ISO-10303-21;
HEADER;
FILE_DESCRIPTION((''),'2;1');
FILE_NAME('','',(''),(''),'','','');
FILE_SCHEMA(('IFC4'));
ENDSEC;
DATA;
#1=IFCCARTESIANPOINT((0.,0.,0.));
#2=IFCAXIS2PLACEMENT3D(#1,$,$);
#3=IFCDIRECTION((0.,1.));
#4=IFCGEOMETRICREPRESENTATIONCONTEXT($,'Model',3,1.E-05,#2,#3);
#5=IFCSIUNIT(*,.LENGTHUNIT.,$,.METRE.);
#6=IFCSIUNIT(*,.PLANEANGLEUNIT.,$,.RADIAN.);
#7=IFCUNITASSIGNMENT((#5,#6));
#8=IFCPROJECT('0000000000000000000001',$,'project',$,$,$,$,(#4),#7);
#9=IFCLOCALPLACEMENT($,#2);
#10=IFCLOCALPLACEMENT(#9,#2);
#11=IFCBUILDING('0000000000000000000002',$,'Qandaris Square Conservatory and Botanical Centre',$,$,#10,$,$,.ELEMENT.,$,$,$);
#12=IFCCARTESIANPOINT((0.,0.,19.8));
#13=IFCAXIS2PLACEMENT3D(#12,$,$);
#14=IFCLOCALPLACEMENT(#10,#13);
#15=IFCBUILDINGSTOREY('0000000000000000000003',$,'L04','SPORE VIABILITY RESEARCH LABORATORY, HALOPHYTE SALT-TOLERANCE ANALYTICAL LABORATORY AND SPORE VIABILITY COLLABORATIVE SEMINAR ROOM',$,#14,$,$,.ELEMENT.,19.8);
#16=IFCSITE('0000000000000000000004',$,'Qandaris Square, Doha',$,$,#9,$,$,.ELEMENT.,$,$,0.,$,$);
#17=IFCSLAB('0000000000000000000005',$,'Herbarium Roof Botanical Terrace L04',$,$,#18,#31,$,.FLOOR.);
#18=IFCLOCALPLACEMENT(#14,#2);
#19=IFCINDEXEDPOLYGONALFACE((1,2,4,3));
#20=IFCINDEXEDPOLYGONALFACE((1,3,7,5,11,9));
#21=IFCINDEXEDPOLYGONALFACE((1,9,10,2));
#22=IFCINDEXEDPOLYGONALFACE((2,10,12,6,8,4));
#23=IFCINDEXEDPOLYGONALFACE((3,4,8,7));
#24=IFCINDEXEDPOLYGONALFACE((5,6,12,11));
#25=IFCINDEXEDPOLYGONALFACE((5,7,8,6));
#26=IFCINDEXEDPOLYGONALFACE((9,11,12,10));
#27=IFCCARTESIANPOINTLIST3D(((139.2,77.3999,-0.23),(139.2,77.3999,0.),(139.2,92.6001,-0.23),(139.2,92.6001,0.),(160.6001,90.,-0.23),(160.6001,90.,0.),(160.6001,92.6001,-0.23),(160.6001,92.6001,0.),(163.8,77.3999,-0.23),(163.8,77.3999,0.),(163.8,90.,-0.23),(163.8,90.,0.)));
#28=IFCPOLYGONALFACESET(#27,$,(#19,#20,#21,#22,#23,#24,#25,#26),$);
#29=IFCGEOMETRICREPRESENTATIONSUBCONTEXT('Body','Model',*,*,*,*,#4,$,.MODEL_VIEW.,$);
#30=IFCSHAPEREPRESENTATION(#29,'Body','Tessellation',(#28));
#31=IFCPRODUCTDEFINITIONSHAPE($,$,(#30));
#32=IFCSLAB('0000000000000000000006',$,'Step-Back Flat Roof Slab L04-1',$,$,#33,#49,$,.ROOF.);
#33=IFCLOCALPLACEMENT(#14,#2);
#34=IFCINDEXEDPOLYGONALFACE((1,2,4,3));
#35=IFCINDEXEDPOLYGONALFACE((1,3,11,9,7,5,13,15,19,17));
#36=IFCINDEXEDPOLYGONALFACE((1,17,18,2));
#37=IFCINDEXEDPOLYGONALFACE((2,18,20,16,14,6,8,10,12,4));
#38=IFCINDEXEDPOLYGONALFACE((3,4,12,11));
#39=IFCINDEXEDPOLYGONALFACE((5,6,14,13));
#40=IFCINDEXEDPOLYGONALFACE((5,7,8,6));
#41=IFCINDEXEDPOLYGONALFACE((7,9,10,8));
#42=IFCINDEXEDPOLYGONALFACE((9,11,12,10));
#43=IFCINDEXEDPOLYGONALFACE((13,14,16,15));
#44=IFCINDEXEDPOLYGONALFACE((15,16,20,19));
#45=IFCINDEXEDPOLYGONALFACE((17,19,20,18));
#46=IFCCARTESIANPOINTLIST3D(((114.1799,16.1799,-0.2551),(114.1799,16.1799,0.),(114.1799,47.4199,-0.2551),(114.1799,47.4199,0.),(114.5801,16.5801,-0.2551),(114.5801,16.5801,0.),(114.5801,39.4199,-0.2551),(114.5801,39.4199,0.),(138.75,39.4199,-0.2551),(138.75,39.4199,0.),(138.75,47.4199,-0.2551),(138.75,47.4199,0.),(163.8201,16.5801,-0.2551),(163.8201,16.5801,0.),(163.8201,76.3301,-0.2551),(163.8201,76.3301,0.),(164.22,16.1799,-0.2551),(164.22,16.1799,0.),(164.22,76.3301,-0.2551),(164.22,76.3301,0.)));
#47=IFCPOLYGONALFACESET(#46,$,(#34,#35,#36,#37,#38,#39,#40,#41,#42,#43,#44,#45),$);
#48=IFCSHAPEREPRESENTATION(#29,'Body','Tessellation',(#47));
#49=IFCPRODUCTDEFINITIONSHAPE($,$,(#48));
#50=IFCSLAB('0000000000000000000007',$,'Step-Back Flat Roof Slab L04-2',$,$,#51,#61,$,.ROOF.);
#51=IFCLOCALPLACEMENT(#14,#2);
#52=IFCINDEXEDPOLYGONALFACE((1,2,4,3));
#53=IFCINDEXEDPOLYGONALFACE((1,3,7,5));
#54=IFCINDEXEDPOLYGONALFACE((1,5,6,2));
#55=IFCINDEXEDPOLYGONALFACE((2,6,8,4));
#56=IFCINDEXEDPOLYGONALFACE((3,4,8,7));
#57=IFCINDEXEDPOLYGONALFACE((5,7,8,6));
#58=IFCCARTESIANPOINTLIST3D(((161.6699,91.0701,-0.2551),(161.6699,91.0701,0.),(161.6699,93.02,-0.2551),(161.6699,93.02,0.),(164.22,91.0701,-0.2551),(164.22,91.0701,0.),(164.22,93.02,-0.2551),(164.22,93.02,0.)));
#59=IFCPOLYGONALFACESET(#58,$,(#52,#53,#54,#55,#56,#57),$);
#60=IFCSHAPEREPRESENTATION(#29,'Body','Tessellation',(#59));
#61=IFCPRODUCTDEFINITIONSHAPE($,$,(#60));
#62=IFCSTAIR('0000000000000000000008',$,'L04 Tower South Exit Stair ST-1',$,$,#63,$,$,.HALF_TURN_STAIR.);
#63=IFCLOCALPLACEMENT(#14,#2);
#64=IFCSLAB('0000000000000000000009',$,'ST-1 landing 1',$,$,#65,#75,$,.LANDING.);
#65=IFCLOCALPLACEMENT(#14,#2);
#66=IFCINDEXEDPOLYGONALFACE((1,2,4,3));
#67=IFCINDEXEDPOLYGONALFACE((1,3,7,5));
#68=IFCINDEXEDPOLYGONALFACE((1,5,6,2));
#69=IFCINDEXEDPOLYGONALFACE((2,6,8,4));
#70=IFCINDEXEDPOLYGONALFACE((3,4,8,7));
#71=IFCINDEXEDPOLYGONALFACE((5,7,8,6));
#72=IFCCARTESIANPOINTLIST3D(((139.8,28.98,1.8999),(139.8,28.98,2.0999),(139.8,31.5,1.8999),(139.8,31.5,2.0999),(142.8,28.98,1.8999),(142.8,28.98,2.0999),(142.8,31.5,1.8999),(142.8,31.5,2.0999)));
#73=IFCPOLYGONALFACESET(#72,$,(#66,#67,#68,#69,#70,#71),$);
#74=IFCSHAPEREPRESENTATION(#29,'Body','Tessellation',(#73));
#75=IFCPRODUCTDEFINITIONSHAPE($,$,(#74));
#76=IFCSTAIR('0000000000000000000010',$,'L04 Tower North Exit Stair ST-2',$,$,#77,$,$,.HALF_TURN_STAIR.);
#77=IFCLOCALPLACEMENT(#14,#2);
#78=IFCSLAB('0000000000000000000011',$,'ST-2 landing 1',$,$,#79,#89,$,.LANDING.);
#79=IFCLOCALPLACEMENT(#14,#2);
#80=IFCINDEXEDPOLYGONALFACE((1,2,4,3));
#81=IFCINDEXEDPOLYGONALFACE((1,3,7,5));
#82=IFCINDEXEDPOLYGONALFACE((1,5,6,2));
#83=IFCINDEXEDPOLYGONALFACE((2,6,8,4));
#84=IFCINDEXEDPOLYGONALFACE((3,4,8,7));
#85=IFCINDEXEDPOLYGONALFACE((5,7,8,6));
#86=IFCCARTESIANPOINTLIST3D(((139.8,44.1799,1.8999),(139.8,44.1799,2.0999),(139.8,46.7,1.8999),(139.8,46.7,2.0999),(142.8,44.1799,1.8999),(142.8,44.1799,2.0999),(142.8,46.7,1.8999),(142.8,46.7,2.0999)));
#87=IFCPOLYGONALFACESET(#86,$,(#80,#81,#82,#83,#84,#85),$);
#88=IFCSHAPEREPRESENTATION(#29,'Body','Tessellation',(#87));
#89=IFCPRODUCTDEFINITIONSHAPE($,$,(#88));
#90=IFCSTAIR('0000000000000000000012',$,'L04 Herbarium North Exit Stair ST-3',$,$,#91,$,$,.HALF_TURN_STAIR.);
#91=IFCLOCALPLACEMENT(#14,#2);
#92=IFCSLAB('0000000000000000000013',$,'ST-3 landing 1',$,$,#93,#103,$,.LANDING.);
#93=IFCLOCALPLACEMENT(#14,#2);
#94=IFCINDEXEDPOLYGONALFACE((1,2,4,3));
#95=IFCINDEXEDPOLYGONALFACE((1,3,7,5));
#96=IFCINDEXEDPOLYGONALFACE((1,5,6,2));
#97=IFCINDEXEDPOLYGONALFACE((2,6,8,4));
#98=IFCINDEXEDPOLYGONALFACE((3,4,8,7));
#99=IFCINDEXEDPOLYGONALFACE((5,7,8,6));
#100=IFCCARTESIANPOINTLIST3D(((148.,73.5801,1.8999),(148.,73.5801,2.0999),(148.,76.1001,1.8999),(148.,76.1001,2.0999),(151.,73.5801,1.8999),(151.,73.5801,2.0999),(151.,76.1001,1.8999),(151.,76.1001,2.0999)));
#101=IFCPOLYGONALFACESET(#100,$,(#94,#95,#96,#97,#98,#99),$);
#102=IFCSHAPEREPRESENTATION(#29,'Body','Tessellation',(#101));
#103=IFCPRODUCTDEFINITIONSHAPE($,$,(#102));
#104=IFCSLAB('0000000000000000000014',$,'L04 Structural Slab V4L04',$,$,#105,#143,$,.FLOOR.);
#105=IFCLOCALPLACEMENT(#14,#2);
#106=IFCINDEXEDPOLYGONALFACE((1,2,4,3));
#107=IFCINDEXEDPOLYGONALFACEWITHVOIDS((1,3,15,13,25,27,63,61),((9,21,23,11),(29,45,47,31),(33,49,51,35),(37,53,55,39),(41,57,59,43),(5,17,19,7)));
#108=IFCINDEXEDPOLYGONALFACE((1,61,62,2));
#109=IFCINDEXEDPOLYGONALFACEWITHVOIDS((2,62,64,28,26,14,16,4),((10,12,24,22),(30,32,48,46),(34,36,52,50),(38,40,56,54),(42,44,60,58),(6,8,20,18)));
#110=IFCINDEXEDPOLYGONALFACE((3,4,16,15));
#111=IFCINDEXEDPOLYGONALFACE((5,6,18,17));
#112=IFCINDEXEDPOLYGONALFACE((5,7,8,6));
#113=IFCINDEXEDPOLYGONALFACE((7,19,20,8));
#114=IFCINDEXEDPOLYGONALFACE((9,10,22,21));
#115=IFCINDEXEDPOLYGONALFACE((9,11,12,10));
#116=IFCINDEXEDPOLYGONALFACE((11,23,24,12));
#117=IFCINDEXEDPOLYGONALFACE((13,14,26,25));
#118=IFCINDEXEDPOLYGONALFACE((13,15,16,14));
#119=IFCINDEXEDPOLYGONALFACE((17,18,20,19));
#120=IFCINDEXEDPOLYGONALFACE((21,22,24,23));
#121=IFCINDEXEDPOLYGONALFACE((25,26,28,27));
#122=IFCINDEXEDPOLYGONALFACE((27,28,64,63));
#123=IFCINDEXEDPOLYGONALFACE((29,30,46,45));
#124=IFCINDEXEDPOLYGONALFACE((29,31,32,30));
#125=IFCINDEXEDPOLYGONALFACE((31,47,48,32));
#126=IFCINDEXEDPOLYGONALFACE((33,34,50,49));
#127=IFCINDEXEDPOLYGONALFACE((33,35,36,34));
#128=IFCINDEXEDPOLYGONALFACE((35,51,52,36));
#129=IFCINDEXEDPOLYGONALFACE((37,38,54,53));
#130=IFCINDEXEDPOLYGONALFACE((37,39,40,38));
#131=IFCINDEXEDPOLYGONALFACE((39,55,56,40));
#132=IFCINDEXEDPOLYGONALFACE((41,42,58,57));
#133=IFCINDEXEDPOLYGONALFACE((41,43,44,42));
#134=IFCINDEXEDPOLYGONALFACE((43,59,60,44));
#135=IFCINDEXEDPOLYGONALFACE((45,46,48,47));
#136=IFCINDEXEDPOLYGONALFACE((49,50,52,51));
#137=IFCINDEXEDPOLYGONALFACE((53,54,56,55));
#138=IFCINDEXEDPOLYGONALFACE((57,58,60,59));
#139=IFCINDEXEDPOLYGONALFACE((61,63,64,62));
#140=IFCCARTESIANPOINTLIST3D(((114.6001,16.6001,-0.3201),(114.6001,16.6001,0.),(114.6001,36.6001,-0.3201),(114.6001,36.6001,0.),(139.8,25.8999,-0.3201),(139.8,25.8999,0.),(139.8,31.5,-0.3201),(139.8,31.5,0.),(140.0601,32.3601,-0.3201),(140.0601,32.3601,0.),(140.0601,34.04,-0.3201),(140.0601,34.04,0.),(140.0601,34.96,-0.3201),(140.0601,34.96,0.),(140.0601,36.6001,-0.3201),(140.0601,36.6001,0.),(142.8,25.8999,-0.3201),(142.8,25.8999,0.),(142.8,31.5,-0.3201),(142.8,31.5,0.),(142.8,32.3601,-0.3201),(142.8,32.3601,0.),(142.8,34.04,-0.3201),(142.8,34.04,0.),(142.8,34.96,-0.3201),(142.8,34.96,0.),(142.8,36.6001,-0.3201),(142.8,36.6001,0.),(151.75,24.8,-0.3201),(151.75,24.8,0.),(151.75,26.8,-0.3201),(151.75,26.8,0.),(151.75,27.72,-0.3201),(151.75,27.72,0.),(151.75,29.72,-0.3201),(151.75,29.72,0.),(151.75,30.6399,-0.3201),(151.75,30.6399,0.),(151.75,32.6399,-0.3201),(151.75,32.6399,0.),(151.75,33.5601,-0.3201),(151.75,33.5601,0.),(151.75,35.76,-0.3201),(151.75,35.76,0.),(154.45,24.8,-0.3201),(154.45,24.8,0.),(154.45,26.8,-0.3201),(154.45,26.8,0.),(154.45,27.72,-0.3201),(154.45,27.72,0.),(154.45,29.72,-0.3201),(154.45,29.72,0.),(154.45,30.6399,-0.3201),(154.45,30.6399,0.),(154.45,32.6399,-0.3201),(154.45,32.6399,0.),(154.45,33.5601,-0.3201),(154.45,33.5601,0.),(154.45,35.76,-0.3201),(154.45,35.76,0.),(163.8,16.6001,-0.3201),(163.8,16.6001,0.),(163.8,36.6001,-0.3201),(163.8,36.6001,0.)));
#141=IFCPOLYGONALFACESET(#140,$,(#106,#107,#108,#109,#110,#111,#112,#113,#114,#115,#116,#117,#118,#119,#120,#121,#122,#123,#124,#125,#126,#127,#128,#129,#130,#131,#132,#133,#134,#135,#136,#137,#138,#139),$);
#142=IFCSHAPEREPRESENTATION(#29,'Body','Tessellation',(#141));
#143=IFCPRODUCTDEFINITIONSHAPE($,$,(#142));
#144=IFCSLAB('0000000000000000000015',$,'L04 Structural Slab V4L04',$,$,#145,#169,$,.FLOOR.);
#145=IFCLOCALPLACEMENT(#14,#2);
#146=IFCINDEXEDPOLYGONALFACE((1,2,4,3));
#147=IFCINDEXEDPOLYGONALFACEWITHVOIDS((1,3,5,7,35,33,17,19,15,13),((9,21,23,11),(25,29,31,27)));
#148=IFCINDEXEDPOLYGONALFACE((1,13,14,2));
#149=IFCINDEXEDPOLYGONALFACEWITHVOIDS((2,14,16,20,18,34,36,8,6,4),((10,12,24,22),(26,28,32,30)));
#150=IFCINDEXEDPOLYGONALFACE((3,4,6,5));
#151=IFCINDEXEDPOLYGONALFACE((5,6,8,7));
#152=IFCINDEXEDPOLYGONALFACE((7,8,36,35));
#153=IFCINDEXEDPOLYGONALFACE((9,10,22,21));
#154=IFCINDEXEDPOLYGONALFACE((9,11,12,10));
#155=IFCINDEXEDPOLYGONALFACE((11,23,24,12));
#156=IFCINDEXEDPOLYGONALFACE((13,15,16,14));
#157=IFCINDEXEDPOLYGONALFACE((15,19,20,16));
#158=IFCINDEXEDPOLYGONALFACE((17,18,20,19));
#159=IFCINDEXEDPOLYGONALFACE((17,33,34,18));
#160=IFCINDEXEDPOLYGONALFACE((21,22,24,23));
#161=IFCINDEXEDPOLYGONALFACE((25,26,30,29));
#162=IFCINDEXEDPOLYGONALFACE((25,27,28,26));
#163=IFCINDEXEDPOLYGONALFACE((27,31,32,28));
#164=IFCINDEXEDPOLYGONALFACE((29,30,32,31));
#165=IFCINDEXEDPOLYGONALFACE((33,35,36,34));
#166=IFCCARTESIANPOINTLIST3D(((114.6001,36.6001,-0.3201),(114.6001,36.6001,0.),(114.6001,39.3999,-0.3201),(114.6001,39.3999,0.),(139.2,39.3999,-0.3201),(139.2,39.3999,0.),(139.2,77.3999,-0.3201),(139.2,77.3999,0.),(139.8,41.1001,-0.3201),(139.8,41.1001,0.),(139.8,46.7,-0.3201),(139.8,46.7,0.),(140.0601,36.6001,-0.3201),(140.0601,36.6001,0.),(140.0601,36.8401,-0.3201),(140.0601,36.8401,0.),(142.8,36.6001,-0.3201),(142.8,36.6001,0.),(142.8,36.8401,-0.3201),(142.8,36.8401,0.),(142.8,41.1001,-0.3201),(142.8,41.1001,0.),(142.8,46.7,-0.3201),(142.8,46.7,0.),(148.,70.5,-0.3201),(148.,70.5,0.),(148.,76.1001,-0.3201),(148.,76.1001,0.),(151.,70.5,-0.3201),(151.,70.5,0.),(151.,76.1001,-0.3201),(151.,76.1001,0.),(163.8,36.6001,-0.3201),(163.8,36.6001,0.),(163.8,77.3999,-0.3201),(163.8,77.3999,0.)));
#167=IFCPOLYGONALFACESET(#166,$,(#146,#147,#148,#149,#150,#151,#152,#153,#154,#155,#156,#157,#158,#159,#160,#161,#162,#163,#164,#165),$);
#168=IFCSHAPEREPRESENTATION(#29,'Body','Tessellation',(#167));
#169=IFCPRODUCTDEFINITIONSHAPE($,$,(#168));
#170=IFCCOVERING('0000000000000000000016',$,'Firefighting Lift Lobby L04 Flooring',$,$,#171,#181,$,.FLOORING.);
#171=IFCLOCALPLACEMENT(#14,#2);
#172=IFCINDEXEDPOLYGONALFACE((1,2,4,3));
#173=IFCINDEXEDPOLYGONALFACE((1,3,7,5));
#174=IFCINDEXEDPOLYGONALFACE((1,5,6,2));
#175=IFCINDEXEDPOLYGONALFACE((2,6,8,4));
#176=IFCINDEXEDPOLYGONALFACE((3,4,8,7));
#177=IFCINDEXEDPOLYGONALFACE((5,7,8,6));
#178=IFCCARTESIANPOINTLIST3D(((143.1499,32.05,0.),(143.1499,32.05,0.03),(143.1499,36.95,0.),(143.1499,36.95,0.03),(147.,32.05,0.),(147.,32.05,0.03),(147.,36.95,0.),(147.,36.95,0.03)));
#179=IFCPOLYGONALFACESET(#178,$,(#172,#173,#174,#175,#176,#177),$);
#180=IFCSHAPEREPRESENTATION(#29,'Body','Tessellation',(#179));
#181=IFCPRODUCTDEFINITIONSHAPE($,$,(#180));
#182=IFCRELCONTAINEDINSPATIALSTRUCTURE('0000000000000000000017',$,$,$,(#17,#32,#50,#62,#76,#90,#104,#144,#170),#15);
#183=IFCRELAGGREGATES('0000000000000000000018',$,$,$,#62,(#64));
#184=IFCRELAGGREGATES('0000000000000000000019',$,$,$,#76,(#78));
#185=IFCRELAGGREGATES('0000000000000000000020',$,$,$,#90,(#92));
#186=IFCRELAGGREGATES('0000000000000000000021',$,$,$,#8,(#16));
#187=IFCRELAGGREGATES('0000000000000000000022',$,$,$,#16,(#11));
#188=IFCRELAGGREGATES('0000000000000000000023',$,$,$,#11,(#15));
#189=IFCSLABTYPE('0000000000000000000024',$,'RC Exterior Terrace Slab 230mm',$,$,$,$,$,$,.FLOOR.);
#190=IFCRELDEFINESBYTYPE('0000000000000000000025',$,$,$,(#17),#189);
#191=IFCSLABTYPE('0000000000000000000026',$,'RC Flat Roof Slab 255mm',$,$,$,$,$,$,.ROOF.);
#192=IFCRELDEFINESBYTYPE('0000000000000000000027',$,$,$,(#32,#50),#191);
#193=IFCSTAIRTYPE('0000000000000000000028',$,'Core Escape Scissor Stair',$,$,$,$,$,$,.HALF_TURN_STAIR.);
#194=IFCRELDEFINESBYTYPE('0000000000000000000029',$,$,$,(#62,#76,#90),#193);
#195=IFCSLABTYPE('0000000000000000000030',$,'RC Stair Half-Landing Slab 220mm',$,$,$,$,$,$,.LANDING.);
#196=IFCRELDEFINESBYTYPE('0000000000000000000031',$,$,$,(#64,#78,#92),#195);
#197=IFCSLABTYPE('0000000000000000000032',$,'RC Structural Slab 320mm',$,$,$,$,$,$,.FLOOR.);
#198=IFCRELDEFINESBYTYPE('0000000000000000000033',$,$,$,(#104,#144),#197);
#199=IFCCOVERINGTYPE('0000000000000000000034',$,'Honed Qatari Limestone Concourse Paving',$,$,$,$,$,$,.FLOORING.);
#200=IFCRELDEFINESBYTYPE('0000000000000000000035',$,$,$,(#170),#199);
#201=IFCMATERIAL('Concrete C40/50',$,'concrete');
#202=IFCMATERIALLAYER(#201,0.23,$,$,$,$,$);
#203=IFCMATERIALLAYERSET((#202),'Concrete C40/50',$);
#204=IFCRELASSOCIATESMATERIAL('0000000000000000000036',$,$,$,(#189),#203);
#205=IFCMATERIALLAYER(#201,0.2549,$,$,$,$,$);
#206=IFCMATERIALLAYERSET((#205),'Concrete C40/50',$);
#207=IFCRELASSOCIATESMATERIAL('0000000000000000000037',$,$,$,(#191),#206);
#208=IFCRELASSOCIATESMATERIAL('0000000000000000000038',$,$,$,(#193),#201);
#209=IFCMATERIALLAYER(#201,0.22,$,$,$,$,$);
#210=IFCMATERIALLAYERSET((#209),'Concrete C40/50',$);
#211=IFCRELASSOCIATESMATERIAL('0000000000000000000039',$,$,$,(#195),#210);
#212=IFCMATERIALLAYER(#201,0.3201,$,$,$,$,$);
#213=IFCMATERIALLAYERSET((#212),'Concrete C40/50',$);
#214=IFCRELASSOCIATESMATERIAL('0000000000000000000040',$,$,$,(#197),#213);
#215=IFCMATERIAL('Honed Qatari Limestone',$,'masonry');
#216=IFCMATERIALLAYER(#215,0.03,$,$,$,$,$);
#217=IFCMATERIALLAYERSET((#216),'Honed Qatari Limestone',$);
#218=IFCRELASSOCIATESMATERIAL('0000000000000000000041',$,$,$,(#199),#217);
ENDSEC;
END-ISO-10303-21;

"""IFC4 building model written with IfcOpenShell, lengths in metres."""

from ifc_helpers import new_model, si_unit, direction, frame, origin, place, context, subcontext, project, spatial, polyline, outline, extrude, material, layer, layer_set, type_object, element, aggregate, save


model = new_model("IFC4")

# Units and contexts
model_context = context("Model", 3, precision=1e-05, world=origin(), true_north=direction((0.0, 1.0)))
body_context = subcontext(model_context, "Body", "Model", "MODEL_VIEW")
ifc_project = project(units=[si_unit("LENGTHUNIT", "METRE"), si_unit("PLANEANGLEUNIT", "RADIAN")], contexts=[model_context])

# Site, building, storey
site_placement = place(None, origin())
site = spatial("IfcSite", under=ifc_project, at=site_placement, Name="Qandaris Square, Doha", CompositionType="ELEMENT", RefElevation=0.0)
building_placement = place(site_placement, origin())
building = spatial("IfcBuilding", under=site, at=building_placement, Name="Qandaris Square Conservatory and Botanical Centre", CompositionType="ELEMENT")
storey_placement = place(building_placement, frame((0.0, 0.0, 19.8)))
storey = spatial("IfcBuildingStorey", under=building, at=storey_placement, Name="L04", Description="SPORE VIABILITY RESEARCH LABORATORY, HALOPHYTE SALT-TOLERANCE ANALYTICAL LABORATORY AND SPORE VIABILITY COLLABORATIVE SEMINAR ROOM", CompositionType="ELEMENT", Elevation=19.8)

# Slabs
ifc_material_1 = material(Name="Concrete C40/50", Category="concrete")
ifc_layer_1 = layer(ifc_material_1, 0.23)
ifc_layer_set_1 = layer_set([ifc_layer_1], Name="Concrete C40/50")
slab_type_1 = type_object("IfcSlabType", Name="RC Exterior Terrace Slab 230mm", PredefinedType="FLOOR", material=ifc_layer_set_1)
slab_1_placement = place(storey_placement, frame((0.0, 0.0, -0.23)))
element("IfcSlab", 1, at=slab_1_placement, inside=storey, type_object=slab_type_1, Name="Herbarium Roof Botanical Terrace L04", PredefinedType="FLOOR", context=body_context, shape_type="SweptSolid", body=[
    extrude(outline(polyline([(163.8, 77.3999), (139.2, 77.3999), (139.2, 92.6001), (160.6001, 92.6001), (160.6001, 90.0), (163.8, 90.0), (163.8, 77.3999)])), origin(), (0.0, 0.0, 1.0), 0.23),
])
ifc_layer_2 = layer(ifc_material_1, 0.2549)
ifc_layer_set_2 = layer_set([ifc_layer_2], Name="Concrete C40/50")
slab_type_2 = type_object("IfcSlabType", Name="RC Flat Roof Slab 255mm", PredefinedType="ROOF", material=ifc_layer_set_2)
slab_2_placement = place(storey_placement, frame((0.0, 0.0, -0.2551)))
element("IfcSlab", 2, at=slab_2_placement, inside=storey, type_object=slab_type_2, Name="Step-Back Flat Roof Slab L04-1", PredefinedType="ROOF", context=body_context, shape_type="SweptSolid", body=[
    extrude(outline(polyline([(138.75, 47.4199), (138.75, 39.4199), (114.5801, 39.4199), (114.5801, 16.5801), (163.8201, 16.5801), (163.8201, 76.3301), (164.22, 76.3301), (164.22, 16.1799), (114.1799, 16.1799), (114.1799, 47.4199), (138.75, 47.4199)])), origin(), (0.0, 0.0, 1.0), 0.2551),
])
slab_3_placement = place(storey_placement, frame((0.0, 0.0, -0.2551)))
element("IfcSlab", 3, at=slab_3_placement, inside=storey, type_object=slab_type_2, Name="Step-Back Flat Roof Slab L04-2", PredefinedType="ROOF", context=body_context, shape_type="SweptSolid", body=[
    extrude(outline(polyline([(164.22, 91.0701), (161.6699, 91.0701), (161.6699, 93.02), (164.22, 93.02), (164.22, 91.0701)])), origin(), (0.0, 0.0, 1.0), 0.2551),
])

# Stairs, slabs
stair_type = type_object("IfcStairType", Name="Core Escape Scissor Stair", PredefinedType="HALF_TURN_STAIR", material=ifc_material_1)
stair_1_placement = place(storey_placement, origin())
stair_1 = element("IfcStair", 4, at=stair_1_placement, inside=storey, type_object=stair_type, Name="L04 Tower South Exit Stair ST-1", PredefinedType="HALF_TURN_STAIR")
ifc_layer_3 = layer(ifc_material_1, 0.22)
ifc_layer_set_3 = layer_set([ifc_layer_3], Name="Concrete C40/50")
slab_type_3 = type_object("IfcSlabType", Name="RC Stair Half-Landing Slab 220mm", PredefinedType="LANDING", material=ifc_layer_set_3)
slab_4_placement = place(storey_placement, frame((0.0, 0.0, 1.8999)))
slab_4 = element("IfcSlab", 5, at=slab_4_placement, type_object=slab_type_3, Name="ST-1 landing 1", PredefinedType="LANDING", context=body_context, shape_type="SweptSolid", body=[
    extrude(outline(polyline([(142.8, 28.98), (142.8, 31.5), (139.8, 31.5), (139.8, 28.98), (142.8, 28.98)])), origin(), (0.0, 0.0, 1.0), 0.2),
])
aggregate(stair_1, [slab_4])
stair_2_placement = place(storey_placement, origin())
stair_2 = element("IfcStair", 6, at=stair_2_placement, inside=storey, type_object=stair_type, Name="L04 Tower North Exit Stair ST-2", PredefinedType="HALF_TURN_STAIR")
slab_5_placement = place(storey_placement, frame((0.0, 0.0, 1.8999)))
slab_5 = element("IfcSlab", 7, at=slab_5_placement, type_object=slab_type_3, Name="ST-2 landing 1", PredefinedType="LANDING", context=body_context, shape_type="SweptSolid", body=[
    extrude(outline(polyline([(142.8, 44.1799), (142.8, 46.7), (139.8, 46.7), (139.8, 44.1799), (142.8, 44.1799)])), origin(), (0.0, 0.0, 1.0), 0.2),
])
aggregate(stair_2, [slab_5])
stair_3_placement = place(storey_placement, origin())
stair_3 = element("IfcStair", 8, at=stair_3_placement, inside=storey, type_object=stair_type, Name="L04 Herbarium North Exit Stair ST-3", PredefinedType="HALF_TURN_STAIR")
slab_6_placement = place(storey_placement, frame((0.0, 0.0, 1.8999)))
slab_6 = element("IfcSlab", 9, at=slab_6_placement, type_object=slab_type_3, Name="ST-3 landing 1", PredefinedType="LANDING", context=body_context, shape_type="SweptSolid", body=[
    extrude(outline(polyline([(151.0, 73.5801), (151.0, 76.1001), (148.0, 76.1001), (148.0, 73.5801), (151.0, 73.5801)])), origin(), (0.0, 0.0, 1.0), 0.2),
])
aggregate(stair_3, [slab_6])

# Slabs
ifc_layer_4 = layer(ifc_material_1, 0.3201)
ifc_layer_set_4 = layer_set([ifc_layer_4], Name="Concrete C40/50")
slab_type_4 = type_object("IfcSlabType", Name="RC Structural Slab 320mm", PredefinedType="FLOOR", material=ifc_layer_set_4)
slab_7_placement = place(storey_placement, frame((0.0, 0.0, -0.3201)))
element("IfcSlab", 10, at=slab_7_placement, inside=storey, type_object=slab_type_4, Name="L04 Structural Slab V4L04", PredefinedType="FLOOR", context=body_context, shape_type="SweptSolid", body=[
    extrude(outline(polyline([(163.8, 16.6001), (114.6001, 16.6001), (114.6001, 36.6001), (140.0601, 36.6001), (140.0601, 34.96), (142.8, 34.96), (142.8, 36.6001), (163.8, 36.6001), (163.8, 16.6001)]), holes=[polyline([(151.75, 24.8), (154.45, 24.8), (154.45, 26.8), (151.75, 26.8), (151.75, 24.8)]), polyline([(139.8, 25.8999), (142.8, 25.8999), (142.8, 31.5), (139.8, 31.5), (139.8, 25.8999)]), polyline([(151.75, 27.72), (154.45, 27.72), (154.45, 29.72), (151.75, 29.72), (151.75, 27.72)]), polyline([(151.75, 30.6399), (154.45, 30.6399), (154.45, 32.6399), (151.75, 32.6399), (151.75, 30.6399)]), polyline([(140.0601, 32.3601), (142.8, 32.3601), (142.8, 34.04), (140.0601, 34.04), (140.0601, 32.3601)]), polyline([(151.75, 33.5601), (154.45, 33.5601), (154.45, 35.76), (151.75, 35.76), (151.75, 33.5601)])]), origin(), (0.0, 0.0, 1.0), 0.3201),
])
slab_8_placement = place(storey_placement, frame((0.0, 0.0, -0.3201)))
element("IfcSlab", 11, at=slab_8_placement, inside=storey, type_object=slab_type_4, Name="L04 Structural Slab V4L04", PredefinedType="FLOOR", context=body_context, shape_type="SweptSolid", body=[
    extrude(outline(polyline([(139.2, 39.3999), (139.2, 77.3999), (163.8, 77.3999), (163.8, 36.6001), (142.8, 36.6001), (142.8, 36.8401), (140.0601, 36.8401), (140.0601, 36.6001), (114.6001, 36.6001), (114.6001, 39.3999), (139.2, 39.3999)]), holes=[polyline([(139.8, 46.7), (139.8, 41.1001), (142.8, 41.1001), (142.8, 46.7), (139.8, 46.7)]), polyline([(148.0, 76.1001), (148.0, 70.5), (151.0, 70.5), (151.0, 76.1001), (148.0, 76.1001)])]), origin(), (0.0, 0.0, 1.0), 0.3201),
])

# Covering
ifc_material_2 = material(Name="Honed Qatari Limestone", Category="masonry")
ifc_layer_5 = layer(ifc_material_2, 0.03)
ifc_layer_set_5 = layer_set([ifc_layer_5], Name="Honed Qatari Limestone")
covering_type_1 = type_object("IfcCoveringType", Name="Honed Qatari Limestone Concourse Paving", PredefinedType="FLOORING", material=ifc_layer_set_5)
covering_1_placement = place(storey_placement, origin())
element("IfcCovering", 12, at=covering_1_placement, inside=storey, type_object=covering_type_1, Name="Firefighting Lift Lobby L04 Flooring", PredefinedType="FLOORING", context=body_context, shape_type="SweptSolid", body=[
    extrude(outline(polyline([(143.1499, 36.95), (147.0, 36.95), (147.0, 32.05), (143.1499, 32.05), (143.1499, 36.95)])), origin(), (0.0, 0.0, 1.0), 0.03),
])

save(model, "model.ifc")
